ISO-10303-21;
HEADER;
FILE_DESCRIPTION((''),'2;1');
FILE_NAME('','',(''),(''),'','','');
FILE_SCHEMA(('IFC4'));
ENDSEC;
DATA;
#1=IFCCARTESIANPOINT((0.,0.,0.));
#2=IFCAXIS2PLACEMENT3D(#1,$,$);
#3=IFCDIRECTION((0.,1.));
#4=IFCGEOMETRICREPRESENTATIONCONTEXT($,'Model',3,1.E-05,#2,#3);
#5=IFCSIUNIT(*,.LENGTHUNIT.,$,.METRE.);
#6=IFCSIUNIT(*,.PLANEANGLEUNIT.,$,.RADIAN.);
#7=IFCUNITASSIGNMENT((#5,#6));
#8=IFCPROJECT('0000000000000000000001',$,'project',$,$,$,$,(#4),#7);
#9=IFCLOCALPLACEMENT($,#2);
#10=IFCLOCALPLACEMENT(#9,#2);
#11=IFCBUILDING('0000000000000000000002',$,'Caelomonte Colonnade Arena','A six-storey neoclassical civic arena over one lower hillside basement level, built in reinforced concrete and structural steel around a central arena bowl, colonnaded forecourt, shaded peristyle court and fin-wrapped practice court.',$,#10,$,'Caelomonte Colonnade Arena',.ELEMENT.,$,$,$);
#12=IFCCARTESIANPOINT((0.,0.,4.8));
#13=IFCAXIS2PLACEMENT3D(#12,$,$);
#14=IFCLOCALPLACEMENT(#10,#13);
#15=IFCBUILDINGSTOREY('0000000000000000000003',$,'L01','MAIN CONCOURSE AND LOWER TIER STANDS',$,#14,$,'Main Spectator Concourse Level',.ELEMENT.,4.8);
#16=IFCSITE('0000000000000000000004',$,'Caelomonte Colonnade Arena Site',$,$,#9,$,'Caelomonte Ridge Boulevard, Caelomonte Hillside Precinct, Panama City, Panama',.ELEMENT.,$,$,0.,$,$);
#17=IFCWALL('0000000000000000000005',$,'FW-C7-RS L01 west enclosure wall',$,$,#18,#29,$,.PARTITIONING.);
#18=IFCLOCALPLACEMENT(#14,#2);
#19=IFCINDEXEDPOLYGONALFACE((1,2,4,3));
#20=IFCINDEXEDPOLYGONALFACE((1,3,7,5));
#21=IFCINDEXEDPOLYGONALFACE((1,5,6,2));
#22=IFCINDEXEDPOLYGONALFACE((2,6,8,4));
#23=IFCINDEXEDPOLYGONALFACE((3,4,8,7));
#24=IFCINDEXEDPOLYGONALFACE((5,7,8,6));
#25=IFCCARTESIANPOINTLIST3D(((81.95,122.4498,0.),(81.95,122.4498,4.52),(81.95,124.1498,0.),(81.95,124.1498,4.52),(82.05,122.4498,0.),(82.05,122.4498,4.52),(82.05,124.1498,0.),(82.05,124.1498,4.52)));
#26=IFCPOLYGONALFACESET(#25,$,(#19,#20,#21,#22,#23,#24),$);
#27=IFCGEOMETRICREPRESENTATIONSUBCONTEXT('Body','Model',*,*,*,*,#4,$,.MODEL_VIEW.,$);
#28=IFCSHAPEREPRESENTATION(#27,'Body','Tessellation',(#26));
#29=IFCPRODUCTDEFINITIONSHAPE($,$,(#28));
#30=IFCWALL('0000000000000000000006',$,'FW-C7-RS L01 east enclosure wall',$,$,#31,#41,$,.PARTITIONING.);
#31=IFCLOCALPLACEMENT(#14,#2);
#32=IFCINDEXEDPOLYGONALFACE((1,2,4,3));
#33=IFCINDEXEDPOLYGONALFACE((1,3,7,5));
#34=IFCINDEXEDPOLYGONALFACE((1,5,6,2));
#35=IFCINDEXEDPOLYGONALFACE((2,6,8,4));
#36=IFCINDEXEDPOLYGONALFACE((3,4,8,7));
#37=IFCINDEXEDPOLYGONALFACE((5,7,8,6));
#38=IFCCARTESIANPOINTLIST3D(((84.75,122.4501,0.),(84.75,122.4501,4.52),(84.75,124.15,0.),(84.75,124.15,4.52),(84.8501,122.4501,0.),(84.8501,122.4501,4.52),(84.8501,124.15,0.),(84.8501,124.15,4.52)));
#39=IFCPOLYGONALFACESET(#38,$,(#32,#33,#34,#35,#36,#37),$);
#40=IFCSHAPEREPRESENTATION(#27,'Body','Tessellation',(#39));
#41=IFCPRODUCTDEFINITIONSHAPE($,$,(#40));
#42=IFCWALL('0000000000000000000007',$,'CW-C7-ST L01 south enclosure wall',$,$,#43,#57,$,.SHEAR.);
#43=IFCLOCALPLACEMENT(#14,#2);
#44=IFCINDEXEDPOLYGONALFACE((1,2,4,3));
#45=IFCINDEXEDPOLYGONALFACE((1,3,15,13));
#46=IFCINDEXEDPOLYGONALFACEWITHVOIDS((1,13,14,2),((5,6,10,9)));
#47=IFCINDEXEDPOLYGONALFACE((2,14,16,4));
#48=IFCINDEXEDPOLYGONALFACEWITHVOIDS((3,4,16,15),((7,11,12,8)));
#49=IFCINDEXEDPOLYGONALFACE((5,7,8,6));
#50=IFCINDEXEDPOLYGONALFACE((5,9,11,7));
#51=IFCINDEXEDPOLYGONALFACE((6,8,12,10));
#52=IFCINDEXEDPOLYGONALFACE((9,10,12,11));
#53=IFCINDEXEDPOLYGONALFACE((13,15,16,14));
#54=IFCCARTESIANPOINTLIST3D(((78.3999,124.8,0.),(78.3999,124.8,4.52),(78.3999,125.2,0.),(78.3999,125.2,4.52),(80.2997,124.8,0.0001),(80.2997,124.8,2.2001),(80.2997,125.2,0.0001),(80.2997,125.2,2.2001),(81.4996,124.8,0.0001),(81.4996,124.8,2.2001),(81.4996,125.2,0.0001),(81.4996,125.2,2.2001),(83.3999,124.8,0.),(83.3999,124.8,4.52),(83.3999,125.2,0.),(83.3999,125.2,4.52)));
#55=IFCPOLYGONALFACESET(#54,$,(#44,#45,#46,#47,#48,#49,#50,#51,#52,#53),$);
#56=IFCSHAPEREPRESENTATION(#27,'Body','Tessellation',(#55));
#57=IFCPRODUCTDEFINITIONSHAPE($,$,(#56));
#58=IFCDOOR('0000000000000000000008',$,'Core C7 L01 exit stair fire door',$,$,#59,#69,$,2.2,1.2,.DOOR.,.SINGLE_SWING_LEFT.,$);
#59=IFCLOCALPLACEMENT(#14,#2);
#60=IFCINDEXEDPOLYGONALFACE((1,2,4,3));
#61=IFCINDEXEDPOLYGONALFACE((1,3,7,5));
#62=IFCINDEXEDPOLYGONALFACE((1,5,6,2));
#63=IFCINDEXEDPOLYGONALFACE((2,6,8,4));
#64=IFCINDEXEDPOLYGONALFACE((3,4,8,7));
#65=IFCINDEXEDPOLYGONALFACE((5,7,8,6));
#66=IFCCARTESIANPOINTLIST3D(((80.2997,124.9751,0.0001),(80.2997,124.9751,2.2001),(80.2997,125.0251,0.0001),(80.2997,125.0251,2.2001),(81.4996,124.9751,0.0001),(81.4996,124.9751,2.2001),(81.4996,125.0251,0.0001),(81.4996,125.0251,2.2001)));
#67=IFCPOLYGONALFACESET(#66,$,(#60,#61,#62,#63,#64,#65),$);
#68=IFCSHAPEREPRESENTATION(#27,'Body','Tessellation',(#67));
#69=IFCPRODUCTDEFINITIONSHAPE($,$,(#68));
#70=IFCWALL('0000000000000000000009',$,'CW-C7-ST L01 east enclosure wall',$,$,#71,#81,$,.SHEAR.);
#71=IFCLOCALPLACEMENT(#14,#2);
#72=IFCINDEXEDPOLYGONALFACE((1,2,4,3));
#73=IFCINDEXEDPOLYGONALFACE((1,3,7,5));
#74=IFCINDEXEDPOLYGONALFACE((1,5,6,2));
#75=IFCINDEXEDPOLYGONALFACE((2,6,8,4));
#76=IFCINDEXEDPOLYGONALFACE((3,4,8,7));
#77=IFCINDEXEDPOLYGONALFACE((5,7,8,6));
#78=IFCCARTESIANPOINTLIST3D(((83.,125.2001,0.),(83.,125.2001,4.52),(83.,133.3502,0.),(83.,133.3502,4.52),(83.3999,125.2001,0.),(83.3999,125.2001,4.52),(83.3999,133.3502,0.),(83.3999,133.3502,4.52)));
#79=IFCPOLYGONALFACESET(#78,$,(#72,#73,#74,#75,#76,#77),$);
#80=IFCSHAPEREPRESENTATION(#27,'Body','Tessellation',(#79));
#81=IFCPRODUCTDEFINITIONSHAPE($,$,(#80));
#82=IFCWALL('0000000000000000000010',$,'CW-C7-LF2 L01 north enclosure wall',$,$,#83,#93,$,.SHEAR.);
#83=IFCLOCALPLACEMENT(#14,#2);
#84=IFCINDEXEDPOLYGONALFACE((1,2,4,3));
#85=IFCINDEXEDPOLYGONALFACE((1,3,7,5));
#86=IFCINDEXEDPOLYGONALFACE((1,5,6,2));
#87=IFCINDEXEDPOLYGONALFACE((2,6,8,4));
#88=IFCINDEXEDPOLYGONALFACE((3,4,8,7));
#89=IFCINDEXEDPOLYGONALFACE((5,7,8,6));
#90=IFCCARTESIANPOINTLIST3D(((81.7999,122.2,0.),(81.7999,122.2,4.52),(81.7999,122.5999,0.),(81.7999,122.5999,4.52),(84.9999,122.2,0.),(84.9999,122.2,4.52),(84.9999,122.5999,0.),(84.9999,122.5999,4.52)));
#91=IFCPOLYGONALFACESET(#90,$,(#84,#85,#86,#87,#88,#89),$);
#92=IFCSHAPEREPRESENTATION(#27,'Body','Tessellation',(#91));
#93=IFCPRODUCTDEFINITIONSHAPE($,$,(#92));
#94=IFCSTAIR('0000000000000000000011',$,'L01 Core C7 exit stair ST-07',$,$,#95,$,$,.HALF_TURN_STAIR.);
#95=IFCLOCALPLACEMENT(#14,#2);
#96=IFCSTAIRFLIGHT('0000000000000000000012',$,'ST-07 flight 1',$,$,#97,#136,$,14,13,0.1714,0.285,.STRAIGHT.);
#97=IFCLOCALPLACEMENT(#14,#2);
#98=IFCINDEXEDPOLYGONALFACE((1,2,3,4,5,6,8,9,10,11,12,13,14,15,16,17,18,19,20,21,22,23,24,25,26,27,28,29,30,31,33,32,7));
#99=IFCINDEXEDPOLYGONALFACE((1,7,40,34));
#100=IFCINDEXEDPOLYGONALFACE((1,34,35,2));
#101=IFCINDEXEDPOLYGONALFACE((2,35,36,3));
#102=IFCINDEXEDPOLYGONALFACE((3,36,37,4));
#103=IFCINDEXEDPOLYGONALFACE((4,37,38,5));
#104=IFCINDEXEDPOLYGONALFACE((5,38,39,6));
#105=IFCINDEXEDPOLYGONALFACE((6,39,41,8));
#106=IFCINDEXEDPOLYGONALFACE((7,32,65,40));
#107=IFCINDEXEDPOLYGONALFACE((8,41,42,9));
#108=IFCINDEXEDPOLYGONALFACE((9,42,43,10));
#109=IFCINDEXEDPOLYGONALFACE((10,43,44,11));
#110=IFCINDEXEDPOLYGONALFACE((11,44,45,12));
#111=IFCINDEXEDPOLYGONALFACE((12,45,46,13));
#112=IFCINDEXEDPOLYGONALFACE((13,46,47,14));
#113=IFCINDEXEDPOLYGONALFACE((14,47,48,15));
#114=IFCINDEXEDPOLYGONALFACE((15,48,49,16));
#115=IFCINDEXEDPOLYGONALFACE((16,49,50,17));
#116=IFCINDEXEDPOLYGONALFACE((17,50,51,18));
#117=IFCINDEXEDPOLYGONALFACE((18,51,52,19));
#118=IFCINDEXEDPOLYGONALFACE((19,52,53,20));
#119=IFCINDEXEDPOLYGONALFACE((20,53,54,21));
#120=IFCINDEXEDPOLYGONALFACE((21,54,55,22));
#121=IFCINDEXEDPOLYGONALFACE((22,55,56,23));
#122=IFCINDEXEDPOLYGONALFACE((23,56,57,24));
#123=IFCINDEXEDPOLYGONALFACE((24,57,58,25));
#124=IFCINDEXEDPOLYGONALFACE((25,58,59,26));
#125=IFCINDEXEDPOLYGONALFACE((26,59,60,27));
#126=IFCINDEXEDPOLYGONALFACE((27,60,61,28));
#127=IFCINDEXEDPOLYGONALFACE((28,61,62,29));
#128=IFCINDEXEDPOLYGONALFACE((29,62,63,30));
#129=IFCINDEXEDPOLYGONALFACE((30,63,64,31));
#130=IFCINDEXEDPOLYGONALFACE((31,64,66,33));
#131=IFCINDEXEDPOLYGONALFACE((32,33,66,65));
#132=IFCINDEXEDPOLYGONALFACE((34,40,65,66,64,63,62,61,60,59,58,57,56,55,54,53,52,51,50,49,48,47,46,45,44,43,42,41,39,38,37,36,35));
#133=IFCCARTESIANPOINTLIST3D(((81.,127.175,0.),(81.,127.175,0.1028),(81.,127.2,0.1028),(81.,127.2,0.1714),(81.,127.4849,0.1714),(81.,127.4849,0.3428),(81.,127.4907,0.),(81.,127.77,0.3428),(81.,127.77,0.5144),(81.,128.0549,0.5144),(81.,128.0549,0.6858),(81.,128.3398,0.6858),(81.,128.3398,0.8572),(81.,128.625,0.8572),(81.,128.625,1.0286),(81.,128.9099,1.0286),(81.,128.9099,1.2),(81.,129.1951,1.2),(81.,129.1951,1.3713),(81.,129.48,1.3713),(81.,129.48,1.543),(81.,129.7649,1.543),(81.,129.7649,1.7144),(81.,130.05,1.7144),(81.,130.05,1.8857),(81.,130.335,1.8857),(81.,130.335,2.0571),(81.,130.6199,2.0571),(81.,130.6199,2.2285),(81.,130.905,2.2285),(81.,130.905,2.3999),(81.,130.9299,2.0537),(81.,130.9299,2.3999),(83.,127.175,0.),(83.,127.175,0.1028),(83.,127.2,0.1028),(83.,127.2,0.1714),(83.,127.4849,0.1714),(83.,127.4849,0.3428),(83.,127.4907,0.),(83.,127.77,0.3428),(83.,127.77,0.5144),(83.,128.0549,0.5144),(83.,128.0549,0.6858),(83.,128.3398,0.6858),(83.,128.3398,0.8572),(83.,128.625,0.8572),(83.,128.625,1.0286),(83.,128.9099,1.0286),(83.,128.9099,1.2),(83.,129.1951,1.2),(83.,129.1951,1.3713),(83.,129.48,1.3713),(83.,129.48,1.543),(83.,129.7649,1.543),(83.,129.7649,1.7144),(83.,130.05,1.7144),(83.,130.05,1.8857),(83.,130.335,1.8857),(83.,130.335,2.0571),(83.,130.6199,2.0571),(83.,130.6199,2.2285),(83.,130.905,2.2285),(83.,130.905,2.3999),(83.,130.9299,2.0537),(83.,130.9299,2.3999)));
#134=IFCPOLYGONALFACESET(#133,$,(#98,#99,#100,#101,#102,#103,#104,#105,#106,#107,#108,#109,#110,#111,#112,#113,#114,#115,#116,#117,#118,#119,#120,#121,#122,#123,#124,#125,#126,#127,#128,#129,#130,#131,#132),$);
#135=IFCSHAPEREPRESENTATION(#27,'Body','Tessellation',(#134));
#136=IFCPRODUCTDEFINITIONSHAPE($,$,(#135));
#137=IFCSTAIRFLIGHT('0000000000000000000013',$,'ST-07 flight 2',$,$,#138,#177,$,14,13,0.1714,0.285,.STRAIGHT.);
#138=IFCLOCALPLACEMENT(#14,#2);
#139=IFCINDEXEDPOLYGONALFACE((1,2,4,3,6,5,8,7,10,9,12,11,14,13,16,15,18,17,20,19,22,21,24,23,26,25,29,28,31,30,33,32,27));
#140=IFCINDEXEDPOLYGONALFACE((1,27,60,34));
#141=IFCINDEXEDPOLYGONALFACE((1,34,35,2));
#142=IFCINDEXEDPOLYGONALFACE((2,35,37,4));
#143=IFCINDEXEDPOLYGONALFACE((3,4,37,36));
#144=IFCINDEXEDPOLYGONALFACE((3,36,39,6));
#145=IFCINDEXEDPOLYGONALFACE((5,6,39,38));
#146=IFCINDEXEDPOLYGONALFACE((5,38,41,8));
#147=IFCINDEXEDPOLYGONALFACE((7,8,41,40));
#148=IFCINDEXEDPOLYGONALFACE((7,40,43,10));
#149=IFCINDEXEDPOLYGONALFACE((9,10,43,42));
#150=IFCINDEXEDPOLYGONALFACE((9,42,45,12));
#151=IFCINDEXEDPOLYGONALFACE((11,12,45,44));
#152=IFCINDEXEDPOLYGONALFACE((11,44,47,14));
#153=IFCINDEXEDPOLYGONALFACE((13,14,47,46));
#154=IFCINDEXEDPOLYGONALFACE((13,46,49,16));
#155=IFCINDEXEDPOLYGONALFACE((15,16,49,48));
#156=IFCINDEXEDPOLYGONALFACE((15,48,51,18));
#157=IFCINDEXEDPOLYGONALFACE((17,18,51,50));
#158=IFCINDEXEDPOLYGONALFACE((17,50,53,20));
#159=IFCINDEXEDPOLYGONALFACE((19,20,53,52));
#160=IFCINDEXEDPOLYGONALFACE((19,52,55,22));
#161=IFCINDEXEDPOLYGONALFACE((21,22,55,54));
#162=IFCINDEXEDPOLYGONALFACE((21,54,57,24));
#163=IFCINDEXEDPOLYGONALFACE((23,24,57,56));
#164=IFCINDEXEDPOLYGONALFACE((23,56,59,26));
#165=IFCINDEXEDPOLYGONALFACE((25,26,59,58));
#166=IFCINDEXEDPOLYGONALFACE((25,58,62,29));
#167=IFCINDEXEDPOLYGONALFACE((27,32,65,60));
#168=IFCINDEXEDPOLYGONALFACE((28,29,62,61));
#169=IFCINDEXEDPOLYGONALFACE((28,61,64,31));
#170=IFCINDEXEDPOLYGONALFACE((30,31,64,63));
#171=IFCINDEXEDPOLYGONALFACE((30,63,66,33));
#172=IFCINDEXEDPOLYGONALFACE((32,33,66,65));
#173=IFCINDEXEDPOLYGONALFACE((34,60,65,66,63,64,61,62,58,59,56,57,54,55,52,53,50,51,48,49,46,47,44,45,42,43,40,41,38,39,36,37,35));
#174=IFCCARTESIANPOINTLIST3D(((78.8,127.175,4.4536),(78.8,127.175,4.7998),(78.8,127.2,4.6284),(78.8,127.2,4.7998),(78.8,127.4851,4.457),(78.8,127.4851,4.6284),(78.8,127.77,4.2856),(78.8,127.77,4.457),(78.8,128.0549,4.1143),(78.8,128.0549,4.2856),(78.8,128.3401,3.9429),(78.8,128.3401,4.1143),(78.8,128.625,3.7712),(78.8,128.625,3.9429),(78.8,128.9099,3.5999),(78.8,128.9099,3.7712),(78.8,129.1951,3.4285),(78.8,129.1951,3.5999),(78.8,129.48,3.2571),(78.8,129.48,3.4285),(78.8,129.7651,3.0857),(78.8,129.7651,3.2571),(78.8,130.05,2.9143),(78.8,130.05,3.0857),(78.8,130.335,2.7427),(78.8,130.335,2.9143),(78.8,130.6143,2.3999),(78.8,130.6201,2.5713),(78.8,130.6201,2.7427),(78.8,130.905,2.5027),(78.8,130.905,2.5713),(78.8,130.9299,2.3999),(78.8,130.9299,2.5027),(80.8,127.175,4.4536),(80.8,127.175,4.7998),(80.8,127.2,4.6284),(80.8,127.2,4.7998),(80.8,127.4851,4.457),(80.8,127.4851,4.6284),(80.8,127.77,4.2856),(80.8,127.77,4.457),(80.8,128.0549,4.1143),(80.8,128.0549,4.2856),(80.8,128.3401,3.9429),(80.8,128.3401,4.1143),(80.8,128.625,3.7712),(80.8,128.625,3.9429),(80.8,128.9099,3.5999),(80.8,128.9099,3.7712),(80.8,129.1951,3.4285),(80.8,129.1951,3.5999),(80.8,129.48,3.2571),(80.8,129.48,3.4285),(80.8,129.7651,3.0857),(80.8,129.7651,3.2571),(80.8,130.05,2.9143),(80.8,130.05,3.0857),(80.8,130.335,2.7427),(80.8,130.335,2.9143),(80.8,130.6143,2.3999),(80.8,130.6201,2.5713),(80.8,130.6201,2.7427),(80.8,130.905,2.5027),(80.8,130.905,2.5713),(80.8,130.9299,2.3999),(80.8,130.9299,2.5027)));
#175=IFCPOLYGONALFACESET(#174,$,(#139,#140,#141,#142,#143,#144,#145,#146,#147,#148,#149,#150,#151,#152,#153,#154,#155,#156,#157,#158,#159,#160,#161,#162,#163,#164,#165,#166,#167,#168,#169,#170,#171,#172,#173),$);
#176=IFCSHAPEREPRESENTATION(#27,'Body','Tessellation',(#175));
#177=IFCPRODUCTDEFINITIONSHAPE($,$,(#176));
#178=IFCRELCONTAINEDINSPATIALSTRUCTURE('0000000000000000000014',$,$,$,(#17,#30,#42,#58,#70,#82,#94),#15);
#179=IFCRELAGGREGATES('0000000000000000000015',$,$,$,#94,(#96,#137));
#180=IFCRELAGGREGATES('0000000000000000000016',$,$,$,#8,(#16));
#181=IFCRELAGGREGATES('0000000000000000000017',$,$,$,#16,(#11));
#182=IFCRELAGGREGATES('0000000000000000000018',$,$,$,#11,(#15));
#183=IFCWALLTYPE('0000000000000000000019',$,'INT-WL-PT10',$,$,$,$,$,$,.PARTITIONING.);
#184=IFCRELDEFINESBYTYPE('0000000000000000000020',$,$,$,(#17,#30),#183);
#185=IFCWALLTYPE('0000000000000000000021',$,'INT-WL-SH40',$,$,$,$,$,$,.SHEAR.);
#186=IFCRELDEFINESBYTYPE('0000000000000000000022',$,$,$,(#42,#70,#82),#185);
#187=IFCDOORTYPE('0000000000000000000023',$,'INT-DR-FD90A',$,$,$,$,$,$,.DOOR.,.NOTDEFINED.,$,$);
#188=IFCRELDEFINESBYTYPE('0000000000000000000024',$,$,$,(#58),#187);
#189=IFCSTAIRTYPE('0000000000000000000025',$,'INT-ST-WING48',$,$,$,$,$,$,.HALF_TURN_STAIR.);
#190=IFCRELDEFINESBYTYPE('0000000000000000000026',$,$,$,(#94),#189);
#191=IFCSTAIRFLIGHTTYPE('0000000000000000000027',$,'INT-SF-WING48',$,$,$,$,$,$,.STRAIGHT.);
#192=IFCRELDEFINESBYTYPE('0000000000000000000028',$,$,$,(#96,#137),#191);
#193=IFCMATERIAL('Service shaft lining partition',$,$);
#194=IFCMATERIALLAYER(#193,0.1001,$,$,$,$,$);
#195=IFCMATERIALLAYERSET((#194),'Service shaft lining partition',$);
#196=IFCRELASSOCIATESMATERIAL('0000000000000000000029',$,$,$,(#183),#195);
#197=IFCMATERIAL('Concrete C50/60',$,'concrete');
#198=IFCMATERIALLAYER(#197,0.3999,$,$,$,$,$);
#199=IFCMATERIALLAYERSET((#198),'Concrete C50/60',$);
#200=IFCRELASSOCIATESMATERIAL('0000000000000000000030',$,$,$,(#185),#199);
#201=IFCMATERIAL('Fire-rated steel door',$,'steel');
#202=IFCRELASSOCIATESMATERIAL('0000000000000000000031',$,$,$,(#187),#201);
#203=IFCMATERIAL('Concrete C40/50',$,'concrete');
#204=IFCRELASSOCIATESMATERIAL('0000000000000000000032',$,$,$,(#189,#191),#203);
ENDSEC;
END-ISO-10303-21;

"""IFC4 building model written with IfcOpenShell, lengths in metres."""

from ifc_helpers import new_model, si_unit, direction, frame, frame_2d, origin, place, context, subcontext, project, spatial, polyline, rectangle, outline, extrude, material, layer, layer_set, type_object, element, fill, aggregate, save


model = new_model("IFC4")

# Units and contexts
model_context = context("Model", 3, precision=1e-05, world=origin(), true_north=direction((0.0, 1.0)))
body_context = subcontext(model_context, "Body", "Model", "MODEL_VIEW")
ifc_project = project(units=[si_unit("LENGTHUNIT", "METRE"), si_unit("PLANEANGLEUNIT", "RADIAN")], contexts=[model_context])

# Site, building, storey
site_placement = place(None, origin())
site = spatial("IfcSite", under=ifc_project, at=site_placement, Name="Caelomonte Colonnade Arena Site", LongName="Caelomonte Ridge Boulevard, Caelomonte Hillside Precinct, Panama City, Panama", CompositionType="ELEMENT", RefElevation=0.0)
building_placement = place(site_placement, origin())
building = spatial("IfcBuilding", under=site, at=building_placement, Name="Caelomonte Colonnade Arena", Description="A six-storey neoclassical civic arena over one lower hillside basement level, built in reinforced concrete and structural steel around a central arena bowl, colonnaded forecourt, shaded peristyle court and fin-wrapped practice court.", LongName="Caelomonte Colonnade Arena", CompositionType="ELEMENT")
storey_placement = place(building_placement, frame((0.0, 0.0, 4.8)))
storey = spatial("IfcBuildingStorey", under=building, at=storey_placement, Name="L01", Description="MAIN CONCOURSE AND LOWER TIER STANDS", LongName="Main Spectator Concourse Level", CompositionType="ELEMENT", Elevation=4.8)

# Shared definitions
ifc_material_1 = material(Name="Concrete C40/50", Category="concrete")

# Walls
ifc_material_2 = material(Name="Service shaft lining partition")
ifc_layer_1 = layer(ifc_material_2, 0.1001)
ifc_layer_set_1 = layer_set([ifc_layer_1], Name="Service shaft lining partition")
wall_type_1 = type_object("IfcWallType", Name="INT-WL-PT10", PredefinedType="PARTITIONING", material=ifc_layer_set_1)
for number, where, z_axis, x_axis, name in (
    (1, (82.0, 124.1499, 0.0), (0.0, 0.0, 1.0), (0.0, -1.0, 0.0), "FW-C7-RS L01 west enclosure wall"),
    (2, (84.8, 122.45, 0.0), (0.0, 0.0, 1.0), (0.0, 1.0, 0.0), "FW-C7-RS L01 east enclosure wall"),
):
    element("IfcWall", number, at=place(storey_placement, frame(where, z_axis=z_axis, x_axis=x_axis)), inside=storey, type_object=wall_type_1, Name=name, PredefinedType="PARTITIONING", context=body_context, shape_type="SweptSolid", body=[
        extrude(rectangle(XDim=1.7, YDim=0.1001, at=frame_2d((0.8501, 0.0))), origin(), (0.0, 0.0, 1.0), 4.52),
    ])

# Wall, opening, door
ifc_material_3 = material(Name="Concrete C50/60", Category="concrete")
ifc_layer_2 = layer(ifc_material_3, 0.3999)
ifc_layer_set_2 = layer_set([ifc_layer_2], Name="Concrete C50/60")
wall_type_2 = type_object("IfcWallType", Name="INT-WL-SH40", PredefinedType="SHEAR", material=ifc_layer_set_2)
wall_1_placement = place(storey_placement, frame((78.3999, 125.0, 0.0), z_axis=(0.0, 0.0, 1.0), x_axis=(1.0, 0.0, 0.0)))
wall_1 = element("IfcWall", 3, at=wall_1_placement, inside=storey, type_object=wall_type_2, Name="CW-C7-ST L01 south enclosure wall", PredefinedType="SHEAR", context=body_context, shape_type="SweptSolid", body=[
    extrude(rectangle(XDim=5.0, YDim=0.3999, at=frame_2d((2.5, 0.0))), origin(), (0.0, 0.0, 1.0), 4.52),
])
opening_1_placement = place(wall_1_placement, frame((3.0999, 0.0, 0.0), z_axis=(0.0, 0.0, 1.0), x_axis=(-1.0, 0.0, 0.0)))
opening_1 = element("IfcOpeningElement", 4, at=opening_1_placement, cuts=wall_1, PredefinedType="OPENING", context=body_context, shape_type="SweptSolid", body=[
    extrude(rectangle(XDim=1.2, YDim=2.2, at=frame_2d((0.6001, 1.1001))), frame((0.0, 0.21, 0.0), z_axis=(0.0, -1.0, 0.0), x_axis=(1.0, 0.0, 0.0)), (0.0, 0.0, 1.0), 0.4199),
])
ifc_material_4 = material(Name="Fire-rated steel door", Category="steel")
door_type = type_object("IfcDoorType", Name="INT-DR-FD90A", OperationType="NOTDEFINED", PredefinedType="DOOR", material=ifc_material_4)
door_placement = place(opening_1_placement, origin())
door = element("IfcDoor", 5, at=door_placement, inside=storey, type_object=door_type, Name="Core C7 L01 exit stair fire door", OperationType="SINGLE_SWING_LEFT", OverallHeight=2.2, OverallWidth=1.2, PredefinedType="DOOR", context=body_context, shape_type="SweptSolid", body=[
    extrude(rectangle(XDim=1.2, YDim=2.2, at=frame_2d((0.6001, 1.1001))), frame((0.0, 0.0249, 0.0), z_axis=(0.0, -1.0, 0.0), x_axis=(1.0, 0.0, 0.0)), (0.0, 0.0, 1.0), 0.05),
])
fill(opening_1, door)

# Walls
wall_2_placement = place(storey_placement, frame((83.2, 125.2, 0.0), z_axis=(0.0, 0.0, 1.0), x_axis=(0.0, 1.0, 0.0)))
element("IfcWall", 6, at=wall_2_placement, inside=storey, type_object=wall_type_2, Name="CW-C7-ST L01 east enclosure wall", PredefinedType="SHEAR", context=body_context, shape_type="SweptSolid", body=[
    extrude(rectangle(XDim=8.1501, YDim=0.3999, at=frame_2d((4.0752, 0.0))), origin(), (0.0, 0.0, 1.0), 4.52),
])
wall_3_placement = place(storey_placement, frame((85.0, 122.3999, 0.0), z_axis=(0.0, 0.0, 1.0), x_axis=(-1.0, 0.0, 0.0)))
element("IfcWall", 7, at=wall_3_placement, inside=storey, type_object=wall_type_2, Name="CW-C7-LF2 L01 north enclosure wall", PredefinedType="SHEAR", context=body_context, shape_type="SweptSolid", body=[
    extrude(rectangle(XDim=3.2, YDim=0.3999, at=frame_2d((1.6001, 0.0))), origin(), (0.0, 0.0, 1.0), 4.52),
])

# Stair, stair flights
stair_type = type_object("IfcStairType", Name="INT-ST-WING48", PredefinedType="HALF_TURN_STAIR", material=ifc_material_1)
stair_placement = place(storey_placement, origin())
stair = element("IfcStair", 8, at=stair_placement, inside=storey, type_object=stair_type, Name="L01 Core C7 exit stair ST-07", PredefinedType="HALF_TURN_STAIR")
stair_flight_type = type_object("IfcStairFlightType", Name="INT-SF-WING48", PredefinedType="STRAIGHT", material=ifc_material_1)
stair_flight_1_placement = place(storey_placement, frame((82.0, 127.2, 0.0), z_axis=(0.0, 0.0, 1.0), x_axis=(0.0, 1.0, 0.0)))
stair_flight_1 = element("IfcStairFlight", 9, at=stair_flight_1_placement, type_object=stair_flight_type, Name="ST-07 flight 1", NumberOfRisers=14, NumberOfTreads=13, PredefinedType="STRAIGHT", RiserHeight=0.1714, TreadLength=0.285, context=body_context, shape_type="SweptSolid", body=[
    extrude(outline(polyline([(-0.0249, 0.0), (-0.0249, 0.1028), (0.0, 0.1028), (0.0, 0.1714), (0.2849, 0.1714), (0.2849, 0.3428), (0.5701, 0.3428), (0.5701, 0.5144), (0.855, 0.5144), (0.855, 0.6858), (1.1399, 0.6858), (1.1399, 0.8572), (1.425, 0.8572), (1.425, 1.0286), (1.71, 1.0286), (1.71, 1.2), (1.9951, 1.2), (1.9951, 1.3713), (2.28, 1.3713), (2.28, 1.543), (2.5649, 1.543), (2.5649, 1.7144), (2.8501, 1.7144), (2.8501, 1.8857), (3.135, 1.8857), (3.135, 2.0571), (3.4199, 2.0571), (3.4199, 2.2285), (3.7051, 2.2285), (3.7051, 2.3999), (3.73, 2.3999), (3.73, 2.0537), (0.2908, 0.0), (-0.0249, 0.0)])), frame((0.0, 1.0, 0.0), z_axis=(0.0, -1.0, 0.0), x_axis=(1.0, 0.0, 0.0)), (0.0, 0.0, 1.0), 2.0),
])
stair_flight_2_placement = place(storey_placement, frame((79.8, 130.905, 2.3999), z_axis=(0.0, 0.0, 1.0), x_axis=(0.0, -1.0, 0.0)))
stair_flight_2 = element("IfcStairFlight", 10, at=stair_flight_2_placement, type_object=stair_flight_type, Name="ST-07 flight 2", NumberOfRisers=14, NumberOfTreads=13, PredefinedType="STRAIGHT", RiserHeight=0.1714, TreadLength=0.285, context=body_context, shape_type="SweptSolid", body=[
    extrude(outline(polyline([(-0.0249, 0.0), (-0.0249, 0.1028), (0.0, 0.1028), (0.0, 0.1714), (0.2849, 0.1714), (0.2849, 0.3428), (0.5701, 0.3428), (0.5701, 0.5144), (0.855, 0.5144), (0.855, 0.6858), (1.1399, 0.6858), (1.1399, 0.8572), (1.425, 0.8572), (1.425, 1.0286), (1.71, 1.0286), (1.71, 1.2), (1.9951, 1.2), (1.9951, 1.3713), (2.28, 1.3713), (2.28, 1.543), (2.5649, 1.543), (2.5649, 1.7144), (2.8501, 1.7144), (2.8501, 1.8857), (3.135, 1.8857), (3.135, 2.0571), (3.4199, 2.0571), (3.4199, 2.2285), (3.7051, 2.2285), (3.7051, 2.3999), (3.73, 2.3999), (3.73, 2.0537), (0.2908, 0.0), (-0.0249, 0.0)])), frame((0.0, 1.0, 0.0), z_axis=(0.0, -1.0, 0.0), x_axis=(1.0, 0.0, 0.0)), (0.0, 0.0, 1.0), 2.0),
])
aggregate(stair, [stair_flight_1, stair_flight_2])

save(model, "model.ifc")
